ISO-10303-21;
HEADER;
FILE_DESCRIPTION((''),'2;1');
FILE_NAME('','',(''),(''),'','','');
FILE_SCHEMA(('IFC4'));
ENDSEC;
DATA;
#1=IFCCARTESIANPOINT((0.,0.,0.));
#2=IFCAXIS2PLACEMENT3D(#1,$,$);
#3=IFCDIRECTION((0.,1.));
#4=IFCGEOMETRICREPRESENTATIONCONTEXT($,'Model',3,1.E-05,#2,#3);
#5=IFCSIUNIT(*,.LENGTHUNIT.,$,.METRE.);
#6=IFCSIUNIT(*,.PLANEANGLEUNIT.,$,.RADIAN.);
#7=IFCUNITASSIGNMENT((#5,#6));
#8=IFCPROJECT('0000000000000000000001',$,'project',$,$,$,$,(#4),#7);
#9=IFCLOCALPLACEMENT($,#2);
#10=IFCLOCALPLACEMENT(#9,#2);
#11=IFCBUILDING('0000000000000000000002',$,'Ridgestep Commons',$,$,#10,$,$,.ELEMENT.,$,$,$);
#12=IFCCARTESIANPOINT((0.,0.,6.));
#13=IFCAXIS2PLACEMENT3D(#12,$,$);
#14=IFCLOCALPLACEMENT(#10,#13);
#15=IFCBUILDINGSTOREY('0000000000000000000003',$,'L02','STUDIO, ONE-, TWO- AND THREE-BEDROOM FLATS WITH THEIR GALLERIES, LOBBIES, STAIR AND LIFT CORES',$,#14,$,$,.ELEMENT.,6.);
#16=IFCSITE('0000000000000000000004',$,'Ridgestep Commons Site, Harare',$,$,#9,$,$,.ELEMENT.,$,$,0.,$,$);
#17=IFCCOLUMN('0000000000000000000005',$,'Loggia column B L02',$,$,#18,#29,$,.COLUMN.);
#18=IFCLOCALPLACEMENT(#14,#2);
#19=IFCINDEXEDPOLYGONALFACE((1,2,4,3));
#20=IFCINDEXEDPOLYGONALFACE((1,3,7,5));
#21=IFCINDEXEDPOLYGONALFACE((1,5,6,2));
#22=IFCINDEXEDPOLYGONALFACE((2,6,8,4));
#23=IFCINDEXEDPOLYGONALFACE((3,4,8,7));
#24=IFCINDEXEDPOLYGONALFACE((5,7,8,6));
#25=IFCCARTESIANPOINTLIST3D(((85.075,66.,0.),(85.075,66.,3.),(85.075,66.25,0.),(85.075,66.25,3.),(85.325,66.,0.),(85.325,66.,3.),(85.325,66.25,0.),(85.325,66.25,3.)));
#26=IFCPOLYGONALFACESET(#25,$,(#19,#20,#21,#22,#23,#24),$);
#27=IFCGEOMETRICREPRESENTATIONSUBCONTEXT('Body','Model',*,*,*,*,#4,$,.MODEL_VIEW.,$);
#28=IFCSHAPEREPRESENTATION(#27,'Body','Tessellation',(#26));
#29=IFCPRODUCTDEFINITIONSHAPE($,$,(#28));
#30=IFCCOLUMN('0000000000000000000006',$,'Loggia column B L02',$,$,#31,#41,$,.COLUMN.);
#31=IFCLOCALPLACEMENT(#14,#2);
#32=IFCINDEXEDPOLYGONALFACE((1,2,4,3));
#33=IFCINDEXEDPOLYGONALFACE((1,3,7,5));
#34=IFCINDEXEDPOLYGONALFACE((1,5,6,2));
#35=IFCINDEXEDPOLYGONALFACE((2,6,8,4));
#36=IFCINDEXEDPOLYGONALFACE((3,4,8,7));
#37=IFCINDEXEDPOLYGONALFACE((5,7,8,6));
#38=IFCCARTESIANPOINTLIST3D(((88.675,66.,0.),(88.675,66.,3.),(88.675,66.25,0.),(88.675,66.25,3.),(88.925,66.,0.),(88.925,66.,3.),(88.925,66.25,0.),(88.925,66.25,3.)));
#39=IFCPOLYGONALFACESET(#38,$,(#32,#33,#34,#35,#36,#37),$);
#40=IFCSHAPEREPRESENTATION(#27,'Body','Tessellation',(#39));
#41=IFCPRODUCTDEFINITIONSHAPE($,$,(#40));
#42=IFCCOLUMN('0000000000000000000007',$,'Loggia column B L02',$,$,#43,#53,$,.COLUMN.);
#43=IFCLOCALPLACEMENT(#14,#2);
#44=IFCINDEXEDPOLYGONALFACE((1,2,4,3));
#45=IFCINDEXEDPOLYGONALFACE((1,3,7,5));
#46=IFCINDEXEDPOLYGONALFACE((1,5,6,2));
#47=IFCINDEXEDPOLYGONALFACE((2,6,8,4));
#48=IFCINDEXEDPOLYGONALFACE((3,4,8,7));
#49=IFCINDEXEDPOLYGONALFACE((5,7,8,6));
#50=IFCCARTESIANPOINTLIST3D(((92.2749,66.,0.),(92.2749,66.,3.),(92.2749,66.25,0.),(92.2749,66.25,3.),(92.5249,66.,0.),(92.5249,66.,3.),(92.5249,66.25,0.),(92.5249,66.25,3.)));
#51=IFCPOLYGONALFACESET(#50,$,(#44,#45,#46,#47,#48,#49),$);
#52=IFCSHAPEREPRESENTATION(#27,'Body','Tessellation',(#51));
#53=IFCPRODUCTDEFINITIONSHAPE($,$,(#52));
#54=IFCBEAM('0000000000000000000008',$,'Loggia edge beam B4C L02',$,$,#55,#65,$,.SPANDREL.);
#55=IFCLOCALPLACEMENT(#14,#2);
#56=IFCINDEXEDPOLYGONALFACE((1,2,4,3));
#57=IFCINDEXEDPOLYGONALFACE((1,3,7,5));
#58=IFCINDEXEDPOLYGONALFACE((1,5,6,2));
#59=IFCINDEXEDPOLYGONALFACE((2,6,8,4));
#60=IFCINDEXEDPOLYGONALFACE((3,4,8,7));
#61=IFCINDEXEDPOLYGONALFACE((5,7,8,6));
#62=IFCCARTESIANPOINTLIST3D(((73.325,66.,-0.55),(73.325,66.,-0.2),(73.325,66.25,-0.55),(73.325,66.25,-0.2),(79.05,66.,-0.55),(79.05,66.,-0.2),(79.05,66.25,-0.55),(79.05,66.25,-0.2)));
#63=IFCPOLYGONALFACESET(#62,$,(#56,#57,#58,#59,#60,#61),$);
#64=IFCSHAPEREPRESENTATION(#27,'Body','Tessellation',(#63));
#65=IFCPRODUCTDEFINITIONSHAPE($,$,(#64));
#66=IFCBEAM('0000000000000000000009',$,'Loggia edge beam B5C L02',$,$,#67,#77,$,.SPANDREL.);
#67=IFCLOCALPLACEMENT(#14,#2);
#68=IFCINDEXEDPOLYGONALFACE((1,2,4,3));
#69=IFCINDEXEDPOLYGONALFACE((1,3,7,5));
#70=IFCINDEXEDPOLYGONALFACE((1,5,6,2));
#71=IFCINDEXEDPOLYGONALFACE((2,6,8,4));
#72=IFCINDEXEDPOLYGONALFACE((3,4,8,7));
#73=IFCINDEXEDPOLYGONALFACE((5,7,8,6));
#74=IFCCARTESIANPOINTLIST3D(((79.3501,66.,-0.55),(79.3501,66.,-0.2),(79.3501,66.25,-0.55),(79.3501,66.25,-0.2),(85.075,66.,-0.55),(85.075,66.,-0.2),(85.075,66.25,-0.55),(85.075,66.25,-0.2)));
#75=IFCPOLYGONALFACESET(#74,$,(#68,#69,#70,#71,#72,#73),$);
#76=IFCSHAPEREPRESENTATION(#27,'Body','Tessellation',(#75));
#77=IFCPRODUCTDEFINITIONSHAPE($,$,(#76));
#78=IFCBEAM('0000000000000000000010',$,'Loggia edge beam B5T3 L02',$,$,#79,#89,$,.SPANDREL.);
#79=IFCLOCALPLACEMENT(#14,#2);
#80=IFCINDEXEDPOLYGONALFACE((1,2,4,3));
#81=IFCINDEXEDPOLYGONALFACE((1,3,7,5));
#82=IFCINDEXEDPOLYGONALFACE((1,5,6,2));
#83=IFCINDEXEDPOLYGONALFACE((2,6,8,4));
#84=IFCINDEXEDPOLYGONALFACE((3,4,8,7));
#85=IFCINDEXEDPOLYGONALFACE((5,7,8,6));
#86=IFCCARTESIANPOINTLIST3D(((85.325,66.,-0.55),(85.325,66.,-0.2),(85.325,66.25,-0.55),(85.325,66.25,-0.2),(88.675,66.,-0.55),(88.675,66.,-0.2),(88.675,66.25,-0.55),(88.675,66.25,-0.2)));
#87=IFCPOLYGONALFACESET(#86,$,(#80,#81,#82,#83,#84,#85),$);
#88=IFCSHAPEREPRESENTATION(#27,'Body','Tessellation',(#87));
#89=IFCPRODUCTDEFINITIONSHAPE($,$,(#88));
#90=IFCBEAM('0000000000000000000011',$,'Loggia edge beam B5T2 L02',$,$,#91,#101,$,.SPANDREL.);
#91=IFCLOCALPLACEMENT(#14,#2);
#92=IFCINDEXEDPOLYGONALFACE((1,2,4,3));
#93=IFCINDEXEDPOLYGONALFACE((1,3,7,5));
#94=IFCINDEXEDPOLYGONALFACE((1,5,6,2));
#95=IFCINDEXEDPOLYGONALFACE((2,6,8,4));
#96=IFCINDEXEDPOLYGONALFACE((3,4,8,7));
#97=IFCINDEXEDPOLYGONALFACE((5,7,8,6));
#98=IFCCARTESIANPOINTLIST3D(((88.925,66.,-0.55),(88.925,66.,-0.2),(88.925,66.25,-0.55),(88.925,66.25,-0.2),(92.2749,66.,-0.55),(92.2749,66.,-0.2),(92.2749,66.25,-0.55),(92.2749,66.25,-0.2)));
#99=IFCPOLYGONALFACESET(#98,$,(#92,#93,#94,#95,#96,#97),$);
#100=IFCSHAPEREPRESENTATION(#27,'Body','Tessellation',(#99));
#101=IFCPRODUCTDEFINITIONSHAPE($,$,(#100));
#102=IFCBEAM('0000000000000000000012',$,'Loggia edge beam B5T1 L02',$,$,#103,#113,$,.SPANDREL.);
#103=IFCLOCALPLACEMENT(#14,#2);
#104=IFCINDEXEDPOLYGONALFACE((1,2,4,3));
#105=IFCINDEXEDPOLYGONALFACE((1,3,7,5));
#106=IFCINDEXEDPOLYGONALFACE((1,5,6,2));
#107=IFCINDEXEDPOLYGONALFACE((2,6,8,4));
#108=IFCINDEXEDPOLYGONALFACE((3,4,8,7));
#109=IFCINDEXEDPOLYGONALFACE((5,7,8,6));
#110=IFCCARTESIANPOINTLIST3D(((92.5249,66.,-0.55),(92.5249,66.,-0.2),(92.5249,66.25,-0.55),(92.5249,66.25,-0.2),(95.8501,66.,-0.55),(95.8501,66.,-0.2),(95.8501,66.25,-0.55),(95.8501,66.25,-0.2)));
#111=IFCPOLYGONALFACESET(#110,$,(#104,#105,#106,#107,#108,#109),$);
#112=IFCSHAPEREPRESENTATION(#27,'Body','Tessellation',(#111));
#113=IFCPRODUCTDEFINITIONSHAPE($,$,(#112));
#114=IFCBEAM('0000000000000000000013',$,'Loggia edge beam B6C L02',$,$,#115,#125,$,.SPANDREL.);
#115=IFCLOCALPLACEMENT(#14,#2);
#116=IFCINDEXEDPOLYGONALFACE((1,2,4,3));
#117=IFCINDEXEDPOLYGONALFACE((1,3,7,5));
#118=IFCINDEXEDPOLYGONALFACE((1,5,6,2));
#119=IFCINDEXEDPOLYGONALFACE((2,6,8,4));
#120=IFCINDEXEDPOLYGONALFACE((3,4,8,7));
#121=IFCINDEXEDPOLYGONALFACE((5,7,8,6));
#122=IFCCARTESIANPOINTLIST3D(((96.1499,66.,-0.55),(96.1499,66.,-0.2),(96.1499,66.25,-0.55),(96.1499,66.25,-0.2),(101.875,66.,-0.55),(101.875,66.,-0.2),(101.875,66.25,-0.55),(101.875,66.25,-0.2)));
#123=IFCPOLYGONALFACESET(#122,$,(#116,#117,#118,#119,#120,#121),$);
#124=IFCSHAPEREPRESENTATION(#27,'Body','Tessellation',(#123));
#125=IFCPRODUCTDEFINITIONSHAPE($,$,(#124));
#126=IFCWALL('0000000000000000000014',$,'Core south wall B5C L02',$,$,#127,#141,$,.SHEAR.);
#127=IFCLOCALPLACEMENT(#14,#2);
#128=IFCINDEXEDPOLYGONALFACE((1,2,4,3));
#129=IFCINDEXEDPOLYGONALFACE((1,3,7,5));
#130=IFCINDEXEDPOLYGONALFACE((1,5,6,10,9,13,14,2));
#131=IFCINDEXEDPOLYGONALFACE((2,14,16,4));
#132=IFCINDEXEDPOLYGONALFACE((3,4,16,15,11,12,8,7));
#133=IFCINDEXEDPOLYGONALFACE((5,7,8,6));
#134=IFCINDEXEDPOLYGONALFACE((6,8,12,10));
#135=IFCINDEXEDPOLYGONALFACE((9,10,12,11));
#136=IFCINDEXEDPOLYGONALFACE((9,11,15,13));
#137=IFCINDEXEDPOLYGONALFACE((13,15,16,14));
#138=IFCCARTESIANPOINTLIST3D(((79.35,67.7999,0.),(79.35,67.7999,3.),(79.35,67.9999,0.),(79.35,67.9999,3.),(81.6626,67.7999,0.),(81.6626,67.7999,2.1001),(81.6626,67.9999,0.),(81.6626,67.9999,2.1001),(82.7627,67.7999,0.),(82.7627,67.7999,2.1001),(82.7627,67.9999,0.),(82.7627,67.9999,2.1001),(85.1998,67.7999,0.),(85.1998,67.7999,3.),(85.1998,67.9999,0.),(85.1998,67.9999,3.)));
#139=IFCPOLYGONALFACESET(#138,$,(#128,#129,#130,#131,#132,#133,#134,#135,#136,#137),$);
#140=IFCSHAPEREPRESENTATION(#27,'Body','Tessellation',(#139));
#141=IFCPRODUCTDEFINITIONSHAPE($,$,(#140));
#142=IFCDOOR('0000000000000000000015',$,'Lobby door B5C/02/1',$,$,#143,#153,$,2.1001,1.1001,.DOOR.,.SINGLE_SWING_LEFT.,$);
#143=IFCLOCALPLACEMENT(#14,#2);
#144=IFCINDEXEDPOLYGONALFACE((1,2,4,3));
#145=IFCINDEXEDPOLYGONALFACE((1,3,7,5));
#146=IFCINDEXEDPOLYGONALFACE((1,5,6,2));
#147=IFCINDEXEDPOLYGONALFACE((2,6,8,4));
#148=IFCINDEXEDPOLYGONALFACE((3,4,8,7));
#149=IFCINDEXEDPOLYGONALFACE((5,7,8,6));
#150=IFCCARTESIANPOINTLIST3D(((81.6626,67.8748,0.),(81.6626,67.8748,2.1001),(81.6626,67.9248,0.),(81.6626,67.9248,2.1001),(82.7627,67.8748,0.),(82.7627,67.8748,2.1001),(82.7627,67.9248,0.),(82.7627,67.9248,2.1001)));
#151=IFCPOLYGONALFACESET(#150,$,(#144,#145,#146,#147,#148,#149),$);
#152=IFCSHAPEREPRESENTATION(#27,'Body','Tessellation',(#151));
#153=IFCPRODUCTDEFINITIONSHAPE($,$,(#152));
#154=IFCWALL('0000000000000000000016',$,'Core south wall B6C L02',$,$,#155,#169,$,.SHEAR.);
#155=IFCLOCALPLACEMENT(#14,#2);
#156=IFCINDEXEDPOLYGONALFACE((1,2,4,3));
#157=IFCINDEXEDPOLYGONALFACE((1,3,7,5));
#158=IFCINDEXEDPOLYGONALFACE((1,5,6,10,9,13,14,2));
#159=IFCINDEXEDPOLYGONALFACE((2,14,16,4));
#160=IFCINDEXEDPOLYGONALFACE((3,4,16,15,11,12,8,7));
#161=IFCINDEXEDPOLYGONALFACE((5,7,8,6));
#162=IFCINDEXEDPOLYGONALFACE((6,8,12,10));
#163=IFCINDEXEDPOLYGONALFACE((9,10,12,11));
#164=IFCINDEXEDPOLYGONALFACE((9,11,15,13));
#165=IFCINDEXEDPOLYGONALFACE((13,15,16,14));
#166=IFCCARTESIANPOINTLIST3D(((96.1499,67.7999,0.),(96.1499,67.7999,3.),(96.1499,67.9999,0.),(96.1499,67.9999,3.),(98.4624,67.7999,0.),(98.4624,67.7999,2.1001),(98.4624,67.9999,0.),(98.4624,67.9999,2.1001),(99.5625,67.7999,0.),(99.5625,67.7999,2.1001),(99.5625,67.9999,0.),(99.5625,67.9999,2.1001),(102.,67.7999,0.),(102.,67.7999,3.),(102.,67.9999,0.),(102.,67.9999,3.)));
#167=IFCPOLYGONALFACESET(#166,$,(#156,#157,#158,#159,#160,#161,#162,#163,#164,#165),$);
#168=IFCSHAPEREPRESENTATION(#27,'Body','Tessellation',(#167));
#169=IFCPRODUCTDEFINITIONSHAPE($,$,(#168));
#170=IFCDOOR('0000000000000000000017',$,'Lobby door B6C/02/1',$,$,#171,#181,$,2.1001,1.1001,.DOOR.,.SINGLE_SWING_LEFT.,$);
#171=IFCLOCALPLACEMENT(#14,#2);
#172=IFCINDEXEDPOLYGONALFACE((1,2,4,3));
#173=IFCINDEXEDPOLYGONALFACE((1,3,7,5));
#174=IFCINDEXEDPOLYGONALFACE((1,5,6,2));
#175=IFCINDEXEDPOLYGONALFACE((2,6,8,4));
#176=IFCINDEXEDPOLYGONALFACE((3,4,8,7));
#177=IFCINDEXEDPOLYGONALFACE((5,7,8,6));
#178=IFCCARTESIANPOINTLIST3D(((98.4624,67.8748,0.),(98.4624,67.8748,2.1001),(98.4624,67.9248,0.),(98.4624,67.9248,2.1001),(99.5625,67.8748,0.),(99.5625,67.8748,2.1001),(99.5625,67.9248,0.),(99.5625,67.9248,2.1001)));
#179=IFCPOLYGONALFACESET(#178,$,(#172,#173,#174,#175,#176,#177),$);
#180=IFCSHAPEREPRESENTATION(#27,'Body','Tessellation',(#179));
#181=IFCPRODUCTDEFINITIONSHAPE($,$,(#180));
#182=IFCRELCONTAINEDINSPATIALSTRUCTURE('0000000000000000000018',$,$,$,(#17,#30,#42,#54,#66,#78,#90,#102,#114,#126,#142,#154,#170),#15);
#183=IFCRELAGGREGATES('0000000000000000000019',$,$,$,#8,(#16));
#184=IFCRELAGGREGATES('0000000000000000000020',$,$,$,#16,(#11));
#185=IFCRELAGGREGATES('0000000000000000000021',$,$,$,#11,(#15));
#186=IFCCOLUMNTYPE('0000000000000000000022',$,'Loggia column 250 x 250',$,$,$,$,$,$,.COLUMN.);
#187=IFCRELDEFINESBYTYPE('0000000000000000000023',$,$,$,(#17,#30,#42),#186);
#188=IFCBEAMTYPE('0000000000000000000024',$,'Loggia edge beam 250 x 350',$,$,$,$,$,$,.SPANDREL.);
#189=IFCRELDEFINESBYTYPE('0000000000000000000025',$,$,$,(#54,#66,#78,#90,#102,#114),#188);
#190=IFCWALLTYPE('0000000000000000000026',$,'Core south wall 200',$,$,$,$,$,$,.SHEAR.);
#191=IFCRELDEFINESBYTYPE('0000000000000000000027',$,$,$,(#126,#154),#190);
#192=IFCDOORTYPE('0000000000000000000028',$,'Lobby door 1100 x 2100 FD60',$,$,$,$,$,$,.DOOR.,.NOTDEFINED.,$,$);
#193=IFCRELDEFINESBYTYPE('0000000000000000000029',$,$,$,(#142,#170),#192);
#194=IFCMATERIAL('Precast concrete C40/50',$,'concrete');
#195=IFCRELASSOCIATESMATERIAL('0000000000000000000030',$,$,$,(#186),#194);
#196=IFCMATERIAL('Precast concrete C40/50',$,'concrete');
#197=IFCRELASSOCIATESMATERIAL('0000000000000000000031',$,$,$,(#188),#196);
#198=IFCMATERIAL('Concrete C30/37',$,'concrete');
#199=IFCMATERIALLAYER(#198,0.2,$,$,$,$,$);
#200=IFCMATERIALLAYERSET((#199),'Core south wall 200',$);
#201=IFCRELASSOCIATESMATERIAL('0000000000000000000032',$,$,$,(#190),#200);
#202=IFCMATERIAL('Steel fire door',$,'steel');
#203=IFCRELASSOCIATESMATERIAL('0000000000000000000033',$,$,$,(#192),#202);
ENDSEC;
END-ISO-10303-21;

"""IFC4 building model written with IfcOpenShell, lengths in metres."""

from ifc_helpers import new_model, si_unit, direction, frame, frame_2d, origin, origin_2d, place, context, subcontext, project, spatial, rectangle, extrude, material, layer, layer_set, material_profile, profile_set, type_object, element, fill, save


model = new_model("IFC4")

# Units and contexts
model_context = context("Model", 3, precision=1e-05, world=origin(), true_north=direction((0.0, 1.0)))
body_context = subcontext(model_context, "Body", "Model", "MODEL_VIEW")
ifc_project = project(units=[si_unit("LENGTHUNIT", "METRE"), si_unit("PLANEANGLEUNIT", "RADIAN")], contexts=[model_context])

# Site, building, storey
site_placement = place(None, origin())
site = spatial("IfcSite", under=ifc_project, at=site_placement, Name="Ridgestep Commons Site, Harare", CompositionType="ELEMENT", RefElevation=0.0)
building_placement = place(site_placement, origin())
building = spatial("IfcBuilding", under=site, at=building_placement, Name="Ridgestep Commons", CompositionType="ELEMENT")
storey_placement = place(building_placement, frame((0.0, 0.0, 6.0)))
storey = spatial("IfcBuildingStorey", under=building, at=storey_placement, Name="L02", Description="STUDIO, ONE-, TWO- AND THREE-BEDROOM FLATS WITH THEIR GALLERIES, LOBBIES, STAIR AND LIFT CORES", CompositionType="ELEMENT", Elevation=6.0)

# Columns
ifc_material_1 = material(Name="Precast concrete C40/50", Category="concrete")
ifc_material_profile_1 = material_profile(ifc_material_1, rectangle(XDim=0.25, YDim=0.25, at=origin_2d()), Name="PC 250x250")
ifc_profile_set_1 = profile_set([ifc_material_profile_1], Name="Precast concrete C40/50")
column_type = type_object("IfcColumnType", Name="Loggia column 250 x 250", PredefinedType="COLUMN", material=ifc_profile_set_1)
for number, where, z_axis, x_axis, name in (
    (1, (85.2, 66.125, 0.0), (0.0, 0.0, 1.0), (1.0, 0.0, 0.0), "Loggia column B L02"),
    (2, (88.8, 66.125, 0.0), (0.0, 0.0, 1.0), (1.0, 0.0, 0.0), "Loggia column B L02"),
    (3, (92.3999, 66.125, 0.0), (0.0, 0.0, 1.0), (1.0, 0.0, 0.0), "Loggia column B L02"),
):
    element("IfcColumn", number, at=place(storey_placement, frame(where, z_axis=z_axis, x_axis=x_axis)), inside=storey, type_object=column_type, Name=name, PredefinedType="COLUMN", context=body_context, shape_type="SweptSolid", body=[
        extrude(rectangle(XDim=0.25, YDim=0.25, at=origin_2d()), origin(), (0.0, 0.0, 1.0), 3.0),
    ])

# Beams
ifc_material_2 = material(Name="Precast concrete C40/50", Category="concrete")
ifc_material_profile_2 = material_profile(ifc_material_2, rectangle(XDim=0.25, YDim=0.3501, at=origin_2d()), Name="PC 250x350")
ifc_profile_set_2 = profile_set([ifc_material_profile_2], Name="Precast concrete C40/50")
beam_type = type_object("IfcBeamType", Name="Loggia edge beam 250 x 350", PredefinedType="SPANDREL", material=ifc_profile_set_2)
beam_1_placement = place(storey_placement, frame((73.325, 66.125, -0.375), z_axis=(1.0, 0.0, 0.0), x_axis=(0.0, 1.0, 0.0)))
element("IfcBeam", 4, at=beam_1_placement, inside=storey, type_object=beam_type, Name="Loggia edge beam B4C L02", PredefinedType="SPANDREL", context=body_context, shape_type="SweptSolid", body=[
    extrude(rectangle(XDim=0.25, YDim=0.3501, at=origin_2d()), origin(), (0.0, 0.0, 1.0), 5.7251),
])
beam_2_placement = place(storey_placement, frame((79.3501, 66.125, -0.375), z_axis=(1.0, 0.0, 0.0), x_axis=(0.0, 1.0, 0.0)))
element("IfcBeam", 5, at=beam_2_placement, inside=storey, type_object=beam_type, Name="Loggia edge beam B5C L02", PredefinedType="SPANDREL", context=body_context, shape_type="SweptSolid", body=[
    extrude(rectangle(XDim=0.25, YDim=0.3501, at=origin_2d()), origin(), (0.0, 0.0, 1.0), 5.7249),
])
beam_3_placement = place(storey_placement, frame((85.325, 66.125, -0.375), z_axis=(1.0, 0.0, 0.0), x_axis=(0.0, 1.0, 0.0)))
element("IfcBeam", 6, at=beam_3_placement, inside=storey, type_object=beam_type, Name="Loggia edge beam B5T3 L02", PredefinedType="SPANDREL", context=body_context, shape_type="SweptSolid", body=[
    extrude(rectangle(XDim=0.25, YDim=0.3501, at=origin_2d()), origin(), (0.0, 0.0, 1.0), 3.3501),
])
beam_4_placement = place(storey_placement, frame((88.925, 66.125, -0.375), z_axis=(1.0, 0.0, 0.0), x_axis=(0.0, 1.0, 0.0)))
element("IfcBeam", 7, at=beam_4_placement, inside=storey, type_object=beam_type, Name="Loggia edge beam B5T2 L02", PredefinedType="SPANDREL", context=body_context, shape_type="SweptSolid", body=[
    extrude(rectangle(XDim=0.25, YDim=0.3501, at=origin_2d()), origin(), (0.0, 0.0, 1.0), 3.3499),
])
beam_5_placement = place(storey_placement, frame((92.5249, 66.125, -0.375), z_axis=(1.0, 0.0, 0.0), x_axis=(0.0, 1.0, 0.0)))
element("IfcBeam", 8, at=beam_5_placement, inside=storey, type_object=beam_type, Name="Loggia edge beam B5T1 L02", PredefinedType="SPANDREL", context=body_context, shape_type="SweptSolid", body=[
    extrude(rectangle(XDim=0.25, YDim=0.3501, at=origin_2d()), origin(), (0.0, 0.0, 1.0), 3.3252),
])
beam_6_placement = place(storey_placement, frame((96.1499, 66.125, -0.375), z_axis=(1.0, 0.0, 0.0), x_axis=(0.0, 1.0, 0.0)))
element("IfcBeam", 9, at=beam_6_placement, inside=storey, type_object=beam_type, Name="Loggia edge beam B6C L02", PredefinedType="SPANDREL", context=body_context, shape_type="SweptSolid", body=[
    extrude(rectangle(XDim=0.25, YDim=0.3501, at=origin_2d()), origin(), (0.0, 0.0, 1.0), 5.7251),
])

# Walls, openings, doors
ifc_material_3 = material(Name="Concrete C30/37", Category="concrete")
ifc_layer_1 = layer(ifc_material_3, 0.2)
ifc_layer_set_1 = layer_set([ifc_layer_1], Name="Core south wall 200")
wall_type_1 = type_object("IfcWallType", Name="Core south wall 200", PredefinedType="SHEAR", material=ifc_layer_set_1)
wall_1_placement = place(storey_placement, frame((79.3501, 67.8999, 0.0), z_axis=(0.0, 0.0, 1.0), x_axis=(1.0, 0.0, 0.0)))
wall_1 = element("IfcWall", 10, at=wall_1_placement, inside=storey, type_object=wall_type_1, Name="Core south wall B5C L02", PredefinedType="SHEAR", context=body_context, shape_type="SweptSolid", body=[
    extrude(rectangle(XDim=5.8499, YDim=0.2, at=frame_2d((2.9248, 0.0))), origin(), (0.0, 0.0, 1.0), 3.0),
])
opening_1_placement = place(wall_1_placement, frame((2.3125, 0.0, 0.0)))
opening_1 = element("IfcOpeningElement", 11, at=opening_1_placement, cuts=wall_1, PredefinedType="OPENING", context=body_context, shape_type="SweptSolid", body=[
    extrude(rectangle(XDim=1.1001, YDim=2.1001, at=frame_2d((0.55, 1.05))), frame((0.0, 0.1099, 0.0), z_axis=(0.0, -1.0, 0.0), x_axis=(1.0, 0.0, 0.0)), (0.0, 0.0, 1.0), 0.22),
])
ifc_material_4 = material(Name="Steel fire door", Category="steel")
door_type_1 = type_object("IfcDoorType", Name="Lobby door 1100 x 2100 FD60", OperationType="NOTDEFINED", PredefinedType="DOOR", material=ifc_material_4)
door_1_placement = place(opening_1_placement, origin())
door_1 = element("IfcDoor", 12, at=door_1_placement, inside=storey, type_object=door_type_1, Name="Lobby door B5C/02/1", OperationType="SINGLE_SWING_LEFT", OverallHeight=2.1001, OverallWidth=1.1001, PredefinedType="DOOR", context=body_context, shape_type="SweptSolid", body=[
    extrude(rectangle(XDim=1.1001, YDim=2.1001, at=frame_2d((0.55, 1.05))), frame((0.0, 0.0249, 0.0), z_axis=(0.0, -1.0, 0.0), x_axis=(1.0, 0.0, 0.0)), (0.0, 0.0, 1.0), 0.05),
])
fill(opening_1, door_1)
wall_2_placement = place(storey_placement, frame((96.1499, 67.8999, 0.0), z_axis=(0.0, 0.0, 1.0), x_axis=(1.0, 0.0, 0.0)))
wall_2 = element("IfcWall", 13, at=wall_2_placement, inside=storey, type_object=wall_type_1, Name="Core south wall B6C L02", PredefinedType="SHEAR", context=body_context, shape_type="SweptSolid", body=[
    extrude(rectangle(XDim=5.8501, YDim=0.2, at=frame_2d((2.925, 0.0))), origin(), (0.0, 0.0, 1.0), 3.0),
])
opening_2_placement = place(wall_2_placement, frame((2.3125, 0.0, 0.0)))
opening_2 = element("IfcOpeningElement", 14, at=opening_2_placement, cuts=wall_2, PredefinedType="OPENING", context=body_context, shape_type="SweptSolid", body=[
    extrude(rectangle(XDim=1.1001, YDim=2.1001, at=frame_2d((0.55, 1.05))), frame((0.0, 0.1099, 0.0), z_axis=(0.0, -1.0, 0.0), x_axis=(1.0, 0.0, 0.0)), (0.0, 0.0, 1.0), 0.22),
])
door_2_placement = place(opening_2_placement, origin())
door_2 = element("IfcDoor", 15, at=door_2_placement, inside=storey, type_object=door_type_1, Name="Lobby door B6C/02/1", OperationType="SINGLE_SWING_LEFT", OverallHeight=2.1001, OverallWidth=1.1001, PredefinedType="DOOR", context=body_context, shape_type="SweptSolid", body=[
    extrude(rectangle(XDim=1.1001, YDim=2.1001, at=frame_2d((0.55, 1.05))), frame((0.0, 0.0249, 0.0), z_axis=(0.0, -1.0, 0.0), x_axis=(1.0, 0.0, 0.0)), (0.0, 0.0, 1.0), 0.05),
])
fill(opening_2, door_2)

save(model, "model.ifc")
